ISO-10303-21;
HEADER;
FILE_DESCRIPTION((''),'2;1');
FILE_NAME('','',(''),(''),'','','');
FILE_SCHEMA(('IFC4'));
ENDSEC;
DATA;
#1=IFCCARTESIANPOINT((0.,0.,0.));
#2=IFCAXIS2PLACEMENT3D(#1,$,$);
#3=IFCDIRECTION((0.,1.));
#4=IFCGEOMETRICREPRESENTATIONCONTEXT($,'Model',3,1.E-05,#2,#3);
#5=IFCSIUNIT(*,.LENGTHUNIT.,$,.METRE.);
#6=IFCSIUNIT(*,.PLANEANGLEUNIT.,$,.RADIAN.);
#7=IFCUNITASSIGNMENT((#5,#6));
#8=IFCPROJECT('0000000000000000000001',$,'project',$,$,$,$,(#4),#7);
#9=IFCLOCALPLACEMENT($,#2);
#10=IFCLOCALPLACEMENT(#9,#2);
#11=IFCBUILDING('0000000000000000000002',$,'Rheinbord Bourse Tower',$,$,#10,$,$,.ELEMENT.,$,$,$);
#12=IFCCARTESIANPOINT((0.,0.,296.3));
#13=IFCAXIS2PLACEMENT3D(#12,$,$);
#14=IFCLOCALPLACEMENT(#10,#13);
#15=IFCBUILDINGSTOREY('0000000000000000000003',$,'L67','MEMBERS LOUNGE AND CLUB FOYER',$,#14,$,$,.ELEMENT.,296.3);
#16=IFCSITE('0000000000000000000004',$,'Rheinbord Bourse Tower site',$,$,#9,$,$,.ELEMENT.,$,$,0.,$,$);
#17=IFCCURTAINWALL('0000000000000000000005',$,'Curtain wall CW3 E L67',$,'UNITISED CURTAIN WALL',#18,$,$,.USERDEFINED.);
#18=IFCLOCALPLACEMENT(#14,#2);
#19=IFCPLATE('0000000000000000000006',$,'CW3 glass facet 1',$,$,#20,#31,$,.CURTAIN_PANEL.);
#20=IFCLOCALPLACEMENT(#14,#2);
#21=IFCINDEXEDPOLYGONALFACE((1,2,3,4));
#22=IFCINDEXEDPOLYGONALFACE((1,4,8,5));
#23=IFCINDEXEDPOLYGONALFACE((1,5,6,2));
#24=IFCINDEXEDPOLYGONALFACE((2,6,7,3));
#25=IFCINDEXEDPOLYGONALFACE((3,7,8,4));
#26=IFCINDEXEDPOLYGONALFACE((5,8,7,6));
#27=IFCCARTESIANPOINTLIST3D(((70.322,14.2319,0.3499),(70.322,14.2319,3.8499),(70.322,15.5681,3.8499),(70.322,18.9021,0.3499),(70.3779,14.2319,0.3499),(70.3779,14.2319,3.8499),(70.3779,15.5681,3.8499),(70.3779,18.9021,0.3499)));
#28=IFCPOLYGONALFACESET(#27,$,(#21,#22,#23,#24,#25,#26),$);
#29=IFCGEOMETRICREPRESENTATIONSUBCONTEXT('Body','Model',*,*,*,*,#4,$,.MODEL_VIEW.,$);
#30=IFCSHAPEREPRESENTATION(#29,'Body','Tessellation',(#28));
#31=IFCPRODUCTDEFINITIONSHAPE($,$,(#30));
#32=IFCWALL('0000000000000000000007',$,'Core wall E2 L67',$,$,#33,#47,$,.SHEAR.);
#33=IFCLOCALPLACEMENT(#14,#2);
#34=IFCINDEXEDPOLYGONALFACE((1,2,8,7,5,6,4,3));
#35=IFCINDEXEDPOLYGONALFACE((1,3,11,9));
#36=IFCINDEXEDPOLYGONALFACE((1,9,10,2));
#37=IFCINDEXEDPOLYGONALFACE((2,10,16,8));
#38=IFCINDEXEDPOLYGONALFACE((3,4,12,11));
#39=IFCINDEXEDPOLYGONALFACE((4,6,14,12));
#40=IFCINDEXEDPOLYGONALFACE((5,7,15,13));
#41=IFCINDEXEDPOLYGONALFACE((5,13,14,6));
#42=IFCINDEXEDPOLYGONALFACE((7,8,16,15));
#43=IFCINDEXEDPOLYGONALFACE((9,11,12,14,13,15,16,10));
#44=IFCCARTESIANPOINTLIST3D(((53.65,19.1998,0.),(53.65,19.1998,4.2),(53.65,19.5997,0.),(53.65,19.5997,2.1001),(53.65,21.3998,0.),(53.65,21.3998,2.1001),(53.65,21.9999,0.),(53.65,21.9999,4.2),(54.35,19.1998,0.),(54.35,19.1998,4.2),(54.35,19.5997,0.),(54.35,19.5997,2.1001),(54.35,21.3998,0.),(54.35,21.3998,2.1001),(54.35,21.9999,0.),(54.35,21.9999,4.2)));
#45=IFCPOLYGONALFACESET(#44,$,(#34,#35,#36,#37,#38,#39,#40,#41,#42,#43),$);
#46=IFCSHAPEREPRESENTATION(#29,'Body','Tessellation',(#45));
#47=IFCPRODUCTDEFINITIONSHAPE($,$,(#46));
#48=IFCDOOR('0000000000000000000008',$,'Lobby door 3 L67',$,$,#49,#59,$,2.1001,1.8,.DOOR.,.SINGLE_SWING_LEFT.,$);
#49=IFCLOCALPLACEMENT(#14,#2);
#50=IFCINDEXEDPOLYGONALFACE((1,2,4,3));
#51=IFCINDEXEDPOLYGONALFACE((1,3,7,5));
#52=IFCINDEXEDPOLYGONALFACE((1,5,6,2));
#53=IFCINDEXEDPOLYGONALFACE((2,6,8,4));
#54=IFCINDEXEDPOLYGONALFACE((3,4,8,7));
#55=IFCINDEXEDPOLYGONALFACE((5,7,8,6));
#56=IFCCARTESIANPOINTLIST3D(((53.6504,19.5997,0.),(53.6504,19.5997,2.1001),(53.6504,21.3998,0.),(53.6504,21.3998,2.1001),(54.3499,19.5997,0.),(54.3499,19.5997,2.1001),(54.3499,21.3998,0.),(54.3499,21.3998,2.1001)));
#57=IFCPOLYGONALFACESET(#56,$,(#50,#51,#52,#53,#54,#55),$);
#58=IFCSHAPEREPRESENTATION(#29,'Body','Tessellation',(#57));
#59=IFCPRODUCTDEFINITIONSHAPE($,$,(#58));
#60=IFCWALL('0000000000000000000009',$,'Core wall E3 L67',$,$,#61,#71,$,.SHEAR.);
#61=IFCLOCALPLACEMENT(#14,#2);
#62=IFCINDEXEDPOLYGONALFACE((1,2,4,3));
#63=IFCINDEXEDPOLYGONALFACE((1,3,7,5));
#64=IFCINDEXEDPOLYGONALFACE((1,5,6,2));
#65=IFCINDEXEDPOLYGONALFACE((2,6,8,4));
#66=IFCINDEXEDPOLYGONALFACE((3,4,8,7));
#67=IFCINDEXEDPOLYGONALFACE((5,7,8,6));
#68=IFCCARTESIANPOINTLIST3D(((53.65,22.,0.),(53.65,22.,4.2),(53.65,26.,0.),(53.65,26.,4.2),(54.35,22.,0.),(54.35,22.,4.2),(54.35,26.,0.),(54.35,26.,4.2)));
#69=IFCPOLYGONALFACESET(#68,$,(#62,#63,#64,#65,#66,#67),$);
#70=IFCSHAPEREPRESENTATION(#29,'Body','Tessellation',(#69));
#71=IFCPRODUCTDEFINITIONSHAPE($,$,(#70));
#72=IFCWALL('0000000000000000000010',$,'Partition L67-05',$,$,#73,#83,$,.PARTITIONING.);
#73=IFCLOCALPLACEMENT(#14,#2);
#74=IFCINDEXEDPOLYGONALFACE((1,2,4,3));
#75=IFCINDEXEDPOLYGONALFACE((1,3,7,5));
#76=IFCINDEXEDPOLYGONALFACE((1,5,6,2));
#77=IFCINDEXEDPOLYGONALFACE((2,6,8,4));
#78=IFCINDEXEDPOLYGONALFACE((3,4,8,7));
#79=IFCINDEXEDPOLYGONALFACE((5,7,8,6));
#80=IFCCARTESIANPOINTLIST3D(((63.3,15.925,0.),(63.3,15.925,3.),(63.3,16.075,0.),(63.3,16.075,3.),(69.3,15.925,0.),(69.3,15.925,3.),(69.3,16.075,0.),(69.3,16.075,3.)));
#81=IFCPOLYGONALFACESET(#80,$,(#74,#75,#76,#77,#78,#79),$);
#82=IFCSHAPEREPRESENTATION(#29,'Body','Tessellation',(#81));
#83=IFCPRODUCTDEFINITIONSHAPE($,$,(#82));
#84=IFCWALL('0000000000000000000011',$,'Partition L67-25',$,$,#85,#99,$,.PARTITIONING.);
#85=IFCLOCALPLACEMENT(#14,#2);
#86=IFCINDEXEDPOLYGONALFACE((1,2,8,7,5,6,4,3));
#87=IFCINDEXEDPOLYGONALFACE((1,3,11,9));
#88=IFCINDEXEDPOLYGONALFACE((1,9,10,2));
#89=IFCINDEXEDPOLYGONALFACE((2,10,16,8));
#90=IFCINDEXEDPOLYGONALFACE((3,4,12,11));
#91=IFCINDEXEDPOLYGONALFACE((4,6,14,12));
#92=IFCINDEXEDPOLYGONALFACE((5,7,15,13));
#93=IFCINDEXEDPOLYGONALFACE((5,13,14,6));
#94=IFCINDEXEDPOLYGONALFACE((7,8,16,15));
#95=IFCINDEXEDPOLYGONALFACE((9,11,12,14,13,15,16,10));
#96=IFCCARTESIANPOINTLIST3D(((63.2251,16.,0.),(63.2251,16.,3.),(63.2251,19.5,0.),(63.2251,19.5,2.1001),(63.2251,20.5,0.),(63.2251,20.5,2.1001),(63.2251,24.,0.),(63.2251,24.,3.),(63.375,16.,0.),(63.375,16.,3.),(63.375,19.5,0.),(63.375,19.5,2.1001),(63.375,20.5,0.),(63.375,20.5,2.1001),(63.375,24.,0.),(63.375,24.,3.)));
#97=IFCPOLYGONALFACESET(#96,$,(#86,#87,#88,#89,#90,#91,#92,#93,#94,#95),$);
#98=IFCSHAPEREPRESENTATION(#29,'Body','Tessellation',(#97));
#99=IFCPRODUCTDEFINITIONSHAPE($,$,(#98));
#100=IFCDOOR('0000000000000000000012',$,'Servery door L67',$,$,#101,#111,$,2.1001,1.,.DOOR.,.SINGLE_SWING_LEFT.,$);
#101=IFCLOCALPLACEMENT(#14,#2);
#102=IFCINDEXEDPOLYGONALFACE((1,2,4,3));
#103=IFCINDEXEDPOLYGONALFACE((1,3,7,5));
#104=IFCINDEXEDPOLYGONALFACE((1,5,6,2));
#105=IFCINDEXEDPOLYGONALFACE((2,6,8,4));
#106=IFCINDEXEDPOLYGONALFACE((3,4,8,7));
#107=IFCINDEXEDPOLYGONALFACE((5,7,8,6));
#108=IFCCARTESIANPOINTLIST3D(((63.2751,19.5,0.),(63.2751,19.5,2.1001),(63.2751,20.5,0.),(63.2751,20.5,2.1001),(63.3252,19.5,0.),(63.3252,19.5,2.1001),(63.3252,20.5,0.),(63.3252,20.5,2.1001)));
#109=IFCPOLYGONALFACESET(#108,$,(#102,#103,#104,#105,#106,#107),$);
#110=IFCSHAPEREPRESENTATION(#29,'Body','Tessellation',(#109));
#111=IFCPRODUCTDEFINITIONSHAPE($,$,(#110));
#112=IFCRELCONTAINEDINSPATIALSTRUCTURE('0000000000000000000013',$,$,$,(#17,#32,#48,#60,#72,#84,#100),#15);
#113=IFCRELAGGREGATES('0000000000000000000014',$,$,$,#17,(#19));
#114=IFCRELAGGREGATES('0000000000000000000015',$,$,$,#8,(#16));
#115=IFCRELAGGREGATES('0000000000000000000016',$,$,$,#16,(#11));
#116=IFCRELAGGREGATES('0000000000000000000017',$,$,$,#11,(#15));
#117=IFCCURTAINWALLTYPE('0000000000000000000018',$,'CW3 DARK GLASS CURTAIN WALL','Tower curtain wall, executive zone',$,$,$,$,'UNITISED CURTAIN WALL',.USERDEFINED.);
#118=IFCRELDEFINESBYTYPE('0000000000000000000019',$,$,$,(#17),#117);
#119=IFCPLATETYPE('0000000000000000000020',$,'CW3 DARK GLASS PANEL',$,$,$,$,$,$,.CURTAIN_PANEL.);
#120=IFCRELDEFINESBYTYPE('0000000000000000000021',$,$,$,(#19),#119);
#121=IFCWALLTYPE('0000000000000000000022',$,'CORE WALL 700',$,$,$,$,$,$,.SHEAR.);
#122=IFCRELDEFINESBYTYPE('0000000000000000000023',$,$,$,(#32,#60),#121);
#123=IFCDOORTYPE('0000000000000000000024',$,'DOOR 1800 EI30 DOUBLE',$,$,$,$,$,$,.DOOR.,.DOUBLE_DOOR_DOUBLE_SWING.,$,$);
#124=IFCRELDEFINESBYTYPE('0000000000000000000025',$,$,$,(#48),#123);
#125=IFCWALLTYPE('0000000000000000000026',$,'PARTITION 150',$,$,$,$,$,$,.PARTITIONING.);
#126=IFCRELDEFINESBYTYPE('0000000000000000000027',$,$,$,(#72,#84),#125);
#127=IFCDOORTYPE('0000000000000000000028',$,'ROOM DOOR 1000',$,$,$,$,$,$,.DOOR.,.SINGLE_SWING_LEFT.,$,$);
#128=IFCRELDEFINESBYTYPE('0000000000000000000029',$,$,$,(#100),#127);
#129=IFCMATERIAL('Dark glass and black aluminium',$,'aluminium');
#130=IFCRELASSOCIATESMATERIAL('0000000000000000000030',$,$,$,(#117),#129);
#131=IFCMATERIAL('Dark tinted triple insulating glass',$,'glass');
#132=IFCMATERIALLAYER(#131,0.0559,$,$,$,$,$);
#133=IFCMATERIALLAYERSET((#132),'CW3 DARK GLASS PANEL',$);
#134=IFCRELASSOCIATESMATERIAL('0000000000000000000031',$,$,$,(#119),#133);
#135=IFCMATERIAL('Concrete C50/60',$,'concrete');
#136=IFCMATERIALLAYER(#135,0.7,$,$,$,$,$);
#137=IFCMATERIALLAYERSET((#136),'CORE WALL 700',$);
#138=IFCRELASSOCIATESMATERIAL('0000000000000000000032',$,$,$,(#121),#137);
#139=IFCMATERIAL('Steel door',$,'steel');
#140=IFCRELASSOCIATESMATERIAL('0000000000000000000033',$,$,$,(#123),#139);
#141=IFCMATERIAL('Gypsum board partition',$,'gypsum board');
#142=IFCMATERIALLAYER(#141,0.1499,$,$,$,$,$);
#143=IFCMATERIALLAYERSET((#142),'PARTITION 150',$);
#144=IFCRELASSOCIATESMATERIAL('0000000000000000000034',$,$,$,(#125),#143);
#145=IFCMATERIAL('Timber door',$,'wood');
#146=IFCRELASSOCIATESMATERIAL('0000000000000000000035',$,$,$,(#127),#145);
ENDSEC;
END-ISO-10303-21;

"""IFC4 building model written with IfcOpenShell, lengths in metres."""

from ifc_helpers import new_model, si_unit, direction, frame, frame_2d, origin, place, context, subcontext, project, spatial, polyline, rectangle, outline, extrude, material, layer, layer_set, type_object, element, fill, aggregate, save


model = new_model("IFC4")

# Units and contexts
model_context = context("Model", 3, precision=1e-05, world=origin(), true_north=direction((0.0, 1.0)))
body_context = subcontext(model_context, "Body", "Model", "MODEL_VIEW")
ifc_project = project(units=[si_unit("LENGTHUNIT", "METRE"), si_unit("PLANEANGLEUNIT", "RADIAN")], contexts=[model_context])

# Site, building, storey
site_placement = place(None, origin())
site = spatial("IfcSite", under=ifc_project, at=site_placement, Name="Rheinbord Bourse Tower site", CompositionType="ELEMENT", RefElevation=0.0)
building_placement = place(site_placement, origin())
building = spatial("IfcBuilding", under=site, at=building_placement, Name="Rheinbord Bourse Tower", CompositionType="ELEMENT")
storey_placement = place(building_placement, frame((0.0, 0.0, 296.3)))
storey = spatial("IfcBuildingStorey", under=building, at=storey_placement, Name="L67", Description="MEMBERS LOUNGE AND CLUB FOYER", CompositionType="ELEMENT", Elevation=296.3)

# Curtain wall
ifc_material_1 = material(Name="Dark glass and black aluminium", Category="aluminium")
curtain_wall_type = type_object("IfcCurtainWallType", Name="CW3 DARK GLASS CURTAIN WALL", Description="Tower curtain wall, executive zone", ElementType="UNITISED CURTAIN WALL", PredefinedType="USERDEFINED", material=ifc_material_1)
curtain_wall_placement = place(storey_placement, origin())
curtain_wall = element("IfcCurtainWall", 1, at=curtain_wall_placement, inside=storey, type_object=curtain_wall_type, Name="Curtain wall CW3 E L67", ObjectType="UNITISED CURTAIN WALL", PredefinedType="USERDEFINED")

# Plate
ifc_material_2 = material(Name="Dark tinted triple insulating glass", Category="glass")
ifc_layer_1 = layer(ifc_material_2, 0.0559)
ifc_layer_set_1 = layer_set([ifc_layer_1], Name="CW3 DARK GLASS PANEL")
plate_type = type_object("IfcPlateType", Name="CW3 DARK GLASS PANEL", PredefinedType="CURTAIN_PANEL", material=ifc_layer_set_1)
plate_1_placement = place(storey_placement, frame((70.3779, 14.2319, 0.3499), z_axis=(-1.0, 0.0, 0.0), x_axis=(0.0, 0.0, 1.0)))
plate_1 = element("IfcPlate", 2, at=plate_1_placement, type_object=plate_type, Name="CW3 glass facet 1", PredefinedType="CURTAIN_PANEL", context=body_context, shape_type="SweptSolid", body=[
    extrude(outline(polyline([(0.0, 0.0), (3.5, 0.0), (3.5, 1.3362), (0.0, 4.6702), (0.0, 0.0)])), origin(), (0.0, 0.0, 1.0), 0.0559),
])
aggregate(curtain_wall, [plate_1])

# Wall, opening, door
ifc_material_3 = material(Name="Concrete C50/60", Category="concrete")
ifc_layer_2 = layer(ifc_material_3, 0.7)
ifc_layer_set_2 = layer_set([ifc_layer_2], Name="CORE WALL 700")
wall_type_1 = type_object("IfcWallType", Name="CORE WALL 700", PredefinedType="SHEAR", material=ifc_layer_set_2)
wall_1_placement = place(storey_placement, frame((54.0, 19.2, 0.0), z_axis=(0.0, 0.0, 1.0), x_axis=(0.0, 1.0, 0.0)))
wall_1 = element("IfcWall", 3, at=wall_1_placement, inside=storey, type_object=wall_type_1, Name="Core wall E2 L67", PredefinedType="SHEAR", context=body_context, shape_type="SweptSolid", body=[
    extrude(rectangle(XDim=2.8, YDim=0.7, at=frame_2d((1.3999, 0.0))), origin(), (0.0, 0.0, 1.0), 4.2),
])
opening_1_placement = place(wall_1_placement, frame((0.3999, 0.0, 0.0)))
opening_1 = element("IfcOpeningElement", 4, at=opening_1_placement, cuts=wall_1, PredefinedType="OPENING", context=body_context, shape_type="SweptSolid", body=[
    extrude(rectangle(XDim=1.8, YDim=2.1001, at=frame_2d((0.8999, 1.05))), frame((0.0, 0.3599, 0.0), z_axis=(0.0, -1.0, 0.0), x_axis=(1.0, 0.0, 0.0)), (0.0, 0.0, 1.0), 0.72),
])
ifc_material_4 = material(Name="Steel door", Category="steel")
door_type_1 = type_object("IfcDoorType", Name="DOOR 1800 EI30 DOUBLE", OperationType="DOUBLE_DOOR_DOUBLE_SWING", PredefinedType="DOOR", material=ifc_material_4)
door_1_placement = place(opening_1_placement, origin())
door_1 = element("IfcDoor", 5, at=door_1_placement, inside=storey, type_object=door_type_1, Name="Lobby door 3 L67", OperationType="SINGLE_SWING_LEFT", OverallHeight=2.1001, OverallWidth=1.8, PredefinedType="DOOR", context=body_context, shape_type="SweptSolid", body=[
    extrude(rectangle(XDim=1.8, YDim=2.1001, at=frame_2d((0.8999, 1.05))), frame((0.0, 0.3496, 0.0), z_axis=(0.0, -1.0, 0.0), x_axis=(1.0, 0.0, 0.0)), (0.0, 0.0, 1.0), 0.6995),
])
fill(opening_1, door_1)

# Walls
wall_2_placement = place(storey_placement, frame((54.0, 22.0, 0.0), z_axis=(0.0, 0.0, 1.0), x_axis=(0.0, 1.0, 0.0)))
element("IfcWall", 6, at=wall_2_placement, inside=storey, type_object=wall_type_1, Name="Core wall E3 L67", PredefinedType="SHEAR", context=body_context, shape_type="SweptSolid", body=[
    extrude(rectangle(XDim=4.0, YDim=0.7, at=frame_2d((2.0, 0.0))), origin(), (0.0, 0.0, 1.0), 4.2),
])
ifc_material_5 = material(Name="Gypsum board partition", Category="gypsum board")
ifc_layer_3 = layer(ifc_material_5, 0.1499)
ifc_layer_set_3 = layer_set([ifc_layer_3], Name="PARTITION 150")
wall_type_2 = type_object("IfcWallType", Name="PARTITION 150", PredefinedType="PARTITIONING", material=ifc_layer_set_3)
wall_3_placement = place(storey_placement, frame((63.3, 16.0, 0.0), z_axis=(0.0, 0.0, 1.0), x_axis=(1.0, 0.0, 0.0)))
element("IfcWall", 7, at=wall_3_placement, inside=storey, type_object=wall_type_2, Name="Partition L67-05", PredefinedType="PARTITIONING", context=body_context, shape_type="SweptSolid", body=[
    extrude(rectangle(XDim=6.0, YDim=0.1499, at=frame_2d((3.0, 0.0))), origin(), (0.0, 0.0, 1.0), 3.0),
])

# Wall, opening, door
wall_4_placement = place(storey_placement, frame((63.3, 16.0, 0.0), z_axis=(0.0, 0.0, 1.0), x_axis=(0.0, 1.0, 0.0)))
wall_4 = element("IfcWall", 8, at=wall_4_placement, inside=storey, type_object=wall_type_2, Name="Partition L67-25", PredefinedType="PARTITIONING", context=body_context, shape_type="SweptSolid", body=[
    extrude(rectangle(XDim=8.0, YDim=0.1499, at=frame_2d((4.0, 0.0))), origin(), (0.0, 0.0, 1.0), 3.0),
])
opening_2_placement = place(wall_4_placement, frame((3.5, 0.0, 0.0)))
opening_2 = element("IfcOpeningElement", 9, at=opening_2_placement, cuts=wall_4, PredefinedType="OPENING", context=body_context, shape_type="SweptSolid", body=[
    extrude(rectangle(XDim=1.0, YDim=2.1001, at=frame_2d((0.5, 1.05))), frame((0.0, 0.085, 0.0), z_axis=(0.0, -1.0, 0.0), x_axis=(1.0, 0.0, 0.0)), (0.0, 0.0, 1.0), 0.1699),
])
ifc_material_6 = material(Name="Timber door", Category="wood")
door_type_2 = type_object("IfcDoorType", Name="ROOM DOOR 1000", OperationType="SINGLE_SWING_LEFT", PredefinedType="DOOR", material=ifc_material_6)
door_2_placement = place(opening_2_placement, origin())
door_2 = element("IfcDoor", 10, at=door_2_placement, inside=storey, type_object=door_type_2, Name="Servery door L67", OperationType="SINGLE_SWING_LEFT", OverallHeight=2.1001, OverallWidth=1.0, PredefinedType="DOOR", context=body_context, shape_type="SweptSolid", body=[
    extrude(rectangle(XDim=1.0, YDim=2.1001, at=frame_2d((0.5, 1.05))), frame((0.0, 0.0249, 0.0), z_axis=(0.0, -1.0, 0.0), x_axis=(1.0, 0.0, 0.0)), (0.0, 0.0, 1.0), 0.05),
])
fill(opening_2, door_2)

save(model, "model.ifc")
